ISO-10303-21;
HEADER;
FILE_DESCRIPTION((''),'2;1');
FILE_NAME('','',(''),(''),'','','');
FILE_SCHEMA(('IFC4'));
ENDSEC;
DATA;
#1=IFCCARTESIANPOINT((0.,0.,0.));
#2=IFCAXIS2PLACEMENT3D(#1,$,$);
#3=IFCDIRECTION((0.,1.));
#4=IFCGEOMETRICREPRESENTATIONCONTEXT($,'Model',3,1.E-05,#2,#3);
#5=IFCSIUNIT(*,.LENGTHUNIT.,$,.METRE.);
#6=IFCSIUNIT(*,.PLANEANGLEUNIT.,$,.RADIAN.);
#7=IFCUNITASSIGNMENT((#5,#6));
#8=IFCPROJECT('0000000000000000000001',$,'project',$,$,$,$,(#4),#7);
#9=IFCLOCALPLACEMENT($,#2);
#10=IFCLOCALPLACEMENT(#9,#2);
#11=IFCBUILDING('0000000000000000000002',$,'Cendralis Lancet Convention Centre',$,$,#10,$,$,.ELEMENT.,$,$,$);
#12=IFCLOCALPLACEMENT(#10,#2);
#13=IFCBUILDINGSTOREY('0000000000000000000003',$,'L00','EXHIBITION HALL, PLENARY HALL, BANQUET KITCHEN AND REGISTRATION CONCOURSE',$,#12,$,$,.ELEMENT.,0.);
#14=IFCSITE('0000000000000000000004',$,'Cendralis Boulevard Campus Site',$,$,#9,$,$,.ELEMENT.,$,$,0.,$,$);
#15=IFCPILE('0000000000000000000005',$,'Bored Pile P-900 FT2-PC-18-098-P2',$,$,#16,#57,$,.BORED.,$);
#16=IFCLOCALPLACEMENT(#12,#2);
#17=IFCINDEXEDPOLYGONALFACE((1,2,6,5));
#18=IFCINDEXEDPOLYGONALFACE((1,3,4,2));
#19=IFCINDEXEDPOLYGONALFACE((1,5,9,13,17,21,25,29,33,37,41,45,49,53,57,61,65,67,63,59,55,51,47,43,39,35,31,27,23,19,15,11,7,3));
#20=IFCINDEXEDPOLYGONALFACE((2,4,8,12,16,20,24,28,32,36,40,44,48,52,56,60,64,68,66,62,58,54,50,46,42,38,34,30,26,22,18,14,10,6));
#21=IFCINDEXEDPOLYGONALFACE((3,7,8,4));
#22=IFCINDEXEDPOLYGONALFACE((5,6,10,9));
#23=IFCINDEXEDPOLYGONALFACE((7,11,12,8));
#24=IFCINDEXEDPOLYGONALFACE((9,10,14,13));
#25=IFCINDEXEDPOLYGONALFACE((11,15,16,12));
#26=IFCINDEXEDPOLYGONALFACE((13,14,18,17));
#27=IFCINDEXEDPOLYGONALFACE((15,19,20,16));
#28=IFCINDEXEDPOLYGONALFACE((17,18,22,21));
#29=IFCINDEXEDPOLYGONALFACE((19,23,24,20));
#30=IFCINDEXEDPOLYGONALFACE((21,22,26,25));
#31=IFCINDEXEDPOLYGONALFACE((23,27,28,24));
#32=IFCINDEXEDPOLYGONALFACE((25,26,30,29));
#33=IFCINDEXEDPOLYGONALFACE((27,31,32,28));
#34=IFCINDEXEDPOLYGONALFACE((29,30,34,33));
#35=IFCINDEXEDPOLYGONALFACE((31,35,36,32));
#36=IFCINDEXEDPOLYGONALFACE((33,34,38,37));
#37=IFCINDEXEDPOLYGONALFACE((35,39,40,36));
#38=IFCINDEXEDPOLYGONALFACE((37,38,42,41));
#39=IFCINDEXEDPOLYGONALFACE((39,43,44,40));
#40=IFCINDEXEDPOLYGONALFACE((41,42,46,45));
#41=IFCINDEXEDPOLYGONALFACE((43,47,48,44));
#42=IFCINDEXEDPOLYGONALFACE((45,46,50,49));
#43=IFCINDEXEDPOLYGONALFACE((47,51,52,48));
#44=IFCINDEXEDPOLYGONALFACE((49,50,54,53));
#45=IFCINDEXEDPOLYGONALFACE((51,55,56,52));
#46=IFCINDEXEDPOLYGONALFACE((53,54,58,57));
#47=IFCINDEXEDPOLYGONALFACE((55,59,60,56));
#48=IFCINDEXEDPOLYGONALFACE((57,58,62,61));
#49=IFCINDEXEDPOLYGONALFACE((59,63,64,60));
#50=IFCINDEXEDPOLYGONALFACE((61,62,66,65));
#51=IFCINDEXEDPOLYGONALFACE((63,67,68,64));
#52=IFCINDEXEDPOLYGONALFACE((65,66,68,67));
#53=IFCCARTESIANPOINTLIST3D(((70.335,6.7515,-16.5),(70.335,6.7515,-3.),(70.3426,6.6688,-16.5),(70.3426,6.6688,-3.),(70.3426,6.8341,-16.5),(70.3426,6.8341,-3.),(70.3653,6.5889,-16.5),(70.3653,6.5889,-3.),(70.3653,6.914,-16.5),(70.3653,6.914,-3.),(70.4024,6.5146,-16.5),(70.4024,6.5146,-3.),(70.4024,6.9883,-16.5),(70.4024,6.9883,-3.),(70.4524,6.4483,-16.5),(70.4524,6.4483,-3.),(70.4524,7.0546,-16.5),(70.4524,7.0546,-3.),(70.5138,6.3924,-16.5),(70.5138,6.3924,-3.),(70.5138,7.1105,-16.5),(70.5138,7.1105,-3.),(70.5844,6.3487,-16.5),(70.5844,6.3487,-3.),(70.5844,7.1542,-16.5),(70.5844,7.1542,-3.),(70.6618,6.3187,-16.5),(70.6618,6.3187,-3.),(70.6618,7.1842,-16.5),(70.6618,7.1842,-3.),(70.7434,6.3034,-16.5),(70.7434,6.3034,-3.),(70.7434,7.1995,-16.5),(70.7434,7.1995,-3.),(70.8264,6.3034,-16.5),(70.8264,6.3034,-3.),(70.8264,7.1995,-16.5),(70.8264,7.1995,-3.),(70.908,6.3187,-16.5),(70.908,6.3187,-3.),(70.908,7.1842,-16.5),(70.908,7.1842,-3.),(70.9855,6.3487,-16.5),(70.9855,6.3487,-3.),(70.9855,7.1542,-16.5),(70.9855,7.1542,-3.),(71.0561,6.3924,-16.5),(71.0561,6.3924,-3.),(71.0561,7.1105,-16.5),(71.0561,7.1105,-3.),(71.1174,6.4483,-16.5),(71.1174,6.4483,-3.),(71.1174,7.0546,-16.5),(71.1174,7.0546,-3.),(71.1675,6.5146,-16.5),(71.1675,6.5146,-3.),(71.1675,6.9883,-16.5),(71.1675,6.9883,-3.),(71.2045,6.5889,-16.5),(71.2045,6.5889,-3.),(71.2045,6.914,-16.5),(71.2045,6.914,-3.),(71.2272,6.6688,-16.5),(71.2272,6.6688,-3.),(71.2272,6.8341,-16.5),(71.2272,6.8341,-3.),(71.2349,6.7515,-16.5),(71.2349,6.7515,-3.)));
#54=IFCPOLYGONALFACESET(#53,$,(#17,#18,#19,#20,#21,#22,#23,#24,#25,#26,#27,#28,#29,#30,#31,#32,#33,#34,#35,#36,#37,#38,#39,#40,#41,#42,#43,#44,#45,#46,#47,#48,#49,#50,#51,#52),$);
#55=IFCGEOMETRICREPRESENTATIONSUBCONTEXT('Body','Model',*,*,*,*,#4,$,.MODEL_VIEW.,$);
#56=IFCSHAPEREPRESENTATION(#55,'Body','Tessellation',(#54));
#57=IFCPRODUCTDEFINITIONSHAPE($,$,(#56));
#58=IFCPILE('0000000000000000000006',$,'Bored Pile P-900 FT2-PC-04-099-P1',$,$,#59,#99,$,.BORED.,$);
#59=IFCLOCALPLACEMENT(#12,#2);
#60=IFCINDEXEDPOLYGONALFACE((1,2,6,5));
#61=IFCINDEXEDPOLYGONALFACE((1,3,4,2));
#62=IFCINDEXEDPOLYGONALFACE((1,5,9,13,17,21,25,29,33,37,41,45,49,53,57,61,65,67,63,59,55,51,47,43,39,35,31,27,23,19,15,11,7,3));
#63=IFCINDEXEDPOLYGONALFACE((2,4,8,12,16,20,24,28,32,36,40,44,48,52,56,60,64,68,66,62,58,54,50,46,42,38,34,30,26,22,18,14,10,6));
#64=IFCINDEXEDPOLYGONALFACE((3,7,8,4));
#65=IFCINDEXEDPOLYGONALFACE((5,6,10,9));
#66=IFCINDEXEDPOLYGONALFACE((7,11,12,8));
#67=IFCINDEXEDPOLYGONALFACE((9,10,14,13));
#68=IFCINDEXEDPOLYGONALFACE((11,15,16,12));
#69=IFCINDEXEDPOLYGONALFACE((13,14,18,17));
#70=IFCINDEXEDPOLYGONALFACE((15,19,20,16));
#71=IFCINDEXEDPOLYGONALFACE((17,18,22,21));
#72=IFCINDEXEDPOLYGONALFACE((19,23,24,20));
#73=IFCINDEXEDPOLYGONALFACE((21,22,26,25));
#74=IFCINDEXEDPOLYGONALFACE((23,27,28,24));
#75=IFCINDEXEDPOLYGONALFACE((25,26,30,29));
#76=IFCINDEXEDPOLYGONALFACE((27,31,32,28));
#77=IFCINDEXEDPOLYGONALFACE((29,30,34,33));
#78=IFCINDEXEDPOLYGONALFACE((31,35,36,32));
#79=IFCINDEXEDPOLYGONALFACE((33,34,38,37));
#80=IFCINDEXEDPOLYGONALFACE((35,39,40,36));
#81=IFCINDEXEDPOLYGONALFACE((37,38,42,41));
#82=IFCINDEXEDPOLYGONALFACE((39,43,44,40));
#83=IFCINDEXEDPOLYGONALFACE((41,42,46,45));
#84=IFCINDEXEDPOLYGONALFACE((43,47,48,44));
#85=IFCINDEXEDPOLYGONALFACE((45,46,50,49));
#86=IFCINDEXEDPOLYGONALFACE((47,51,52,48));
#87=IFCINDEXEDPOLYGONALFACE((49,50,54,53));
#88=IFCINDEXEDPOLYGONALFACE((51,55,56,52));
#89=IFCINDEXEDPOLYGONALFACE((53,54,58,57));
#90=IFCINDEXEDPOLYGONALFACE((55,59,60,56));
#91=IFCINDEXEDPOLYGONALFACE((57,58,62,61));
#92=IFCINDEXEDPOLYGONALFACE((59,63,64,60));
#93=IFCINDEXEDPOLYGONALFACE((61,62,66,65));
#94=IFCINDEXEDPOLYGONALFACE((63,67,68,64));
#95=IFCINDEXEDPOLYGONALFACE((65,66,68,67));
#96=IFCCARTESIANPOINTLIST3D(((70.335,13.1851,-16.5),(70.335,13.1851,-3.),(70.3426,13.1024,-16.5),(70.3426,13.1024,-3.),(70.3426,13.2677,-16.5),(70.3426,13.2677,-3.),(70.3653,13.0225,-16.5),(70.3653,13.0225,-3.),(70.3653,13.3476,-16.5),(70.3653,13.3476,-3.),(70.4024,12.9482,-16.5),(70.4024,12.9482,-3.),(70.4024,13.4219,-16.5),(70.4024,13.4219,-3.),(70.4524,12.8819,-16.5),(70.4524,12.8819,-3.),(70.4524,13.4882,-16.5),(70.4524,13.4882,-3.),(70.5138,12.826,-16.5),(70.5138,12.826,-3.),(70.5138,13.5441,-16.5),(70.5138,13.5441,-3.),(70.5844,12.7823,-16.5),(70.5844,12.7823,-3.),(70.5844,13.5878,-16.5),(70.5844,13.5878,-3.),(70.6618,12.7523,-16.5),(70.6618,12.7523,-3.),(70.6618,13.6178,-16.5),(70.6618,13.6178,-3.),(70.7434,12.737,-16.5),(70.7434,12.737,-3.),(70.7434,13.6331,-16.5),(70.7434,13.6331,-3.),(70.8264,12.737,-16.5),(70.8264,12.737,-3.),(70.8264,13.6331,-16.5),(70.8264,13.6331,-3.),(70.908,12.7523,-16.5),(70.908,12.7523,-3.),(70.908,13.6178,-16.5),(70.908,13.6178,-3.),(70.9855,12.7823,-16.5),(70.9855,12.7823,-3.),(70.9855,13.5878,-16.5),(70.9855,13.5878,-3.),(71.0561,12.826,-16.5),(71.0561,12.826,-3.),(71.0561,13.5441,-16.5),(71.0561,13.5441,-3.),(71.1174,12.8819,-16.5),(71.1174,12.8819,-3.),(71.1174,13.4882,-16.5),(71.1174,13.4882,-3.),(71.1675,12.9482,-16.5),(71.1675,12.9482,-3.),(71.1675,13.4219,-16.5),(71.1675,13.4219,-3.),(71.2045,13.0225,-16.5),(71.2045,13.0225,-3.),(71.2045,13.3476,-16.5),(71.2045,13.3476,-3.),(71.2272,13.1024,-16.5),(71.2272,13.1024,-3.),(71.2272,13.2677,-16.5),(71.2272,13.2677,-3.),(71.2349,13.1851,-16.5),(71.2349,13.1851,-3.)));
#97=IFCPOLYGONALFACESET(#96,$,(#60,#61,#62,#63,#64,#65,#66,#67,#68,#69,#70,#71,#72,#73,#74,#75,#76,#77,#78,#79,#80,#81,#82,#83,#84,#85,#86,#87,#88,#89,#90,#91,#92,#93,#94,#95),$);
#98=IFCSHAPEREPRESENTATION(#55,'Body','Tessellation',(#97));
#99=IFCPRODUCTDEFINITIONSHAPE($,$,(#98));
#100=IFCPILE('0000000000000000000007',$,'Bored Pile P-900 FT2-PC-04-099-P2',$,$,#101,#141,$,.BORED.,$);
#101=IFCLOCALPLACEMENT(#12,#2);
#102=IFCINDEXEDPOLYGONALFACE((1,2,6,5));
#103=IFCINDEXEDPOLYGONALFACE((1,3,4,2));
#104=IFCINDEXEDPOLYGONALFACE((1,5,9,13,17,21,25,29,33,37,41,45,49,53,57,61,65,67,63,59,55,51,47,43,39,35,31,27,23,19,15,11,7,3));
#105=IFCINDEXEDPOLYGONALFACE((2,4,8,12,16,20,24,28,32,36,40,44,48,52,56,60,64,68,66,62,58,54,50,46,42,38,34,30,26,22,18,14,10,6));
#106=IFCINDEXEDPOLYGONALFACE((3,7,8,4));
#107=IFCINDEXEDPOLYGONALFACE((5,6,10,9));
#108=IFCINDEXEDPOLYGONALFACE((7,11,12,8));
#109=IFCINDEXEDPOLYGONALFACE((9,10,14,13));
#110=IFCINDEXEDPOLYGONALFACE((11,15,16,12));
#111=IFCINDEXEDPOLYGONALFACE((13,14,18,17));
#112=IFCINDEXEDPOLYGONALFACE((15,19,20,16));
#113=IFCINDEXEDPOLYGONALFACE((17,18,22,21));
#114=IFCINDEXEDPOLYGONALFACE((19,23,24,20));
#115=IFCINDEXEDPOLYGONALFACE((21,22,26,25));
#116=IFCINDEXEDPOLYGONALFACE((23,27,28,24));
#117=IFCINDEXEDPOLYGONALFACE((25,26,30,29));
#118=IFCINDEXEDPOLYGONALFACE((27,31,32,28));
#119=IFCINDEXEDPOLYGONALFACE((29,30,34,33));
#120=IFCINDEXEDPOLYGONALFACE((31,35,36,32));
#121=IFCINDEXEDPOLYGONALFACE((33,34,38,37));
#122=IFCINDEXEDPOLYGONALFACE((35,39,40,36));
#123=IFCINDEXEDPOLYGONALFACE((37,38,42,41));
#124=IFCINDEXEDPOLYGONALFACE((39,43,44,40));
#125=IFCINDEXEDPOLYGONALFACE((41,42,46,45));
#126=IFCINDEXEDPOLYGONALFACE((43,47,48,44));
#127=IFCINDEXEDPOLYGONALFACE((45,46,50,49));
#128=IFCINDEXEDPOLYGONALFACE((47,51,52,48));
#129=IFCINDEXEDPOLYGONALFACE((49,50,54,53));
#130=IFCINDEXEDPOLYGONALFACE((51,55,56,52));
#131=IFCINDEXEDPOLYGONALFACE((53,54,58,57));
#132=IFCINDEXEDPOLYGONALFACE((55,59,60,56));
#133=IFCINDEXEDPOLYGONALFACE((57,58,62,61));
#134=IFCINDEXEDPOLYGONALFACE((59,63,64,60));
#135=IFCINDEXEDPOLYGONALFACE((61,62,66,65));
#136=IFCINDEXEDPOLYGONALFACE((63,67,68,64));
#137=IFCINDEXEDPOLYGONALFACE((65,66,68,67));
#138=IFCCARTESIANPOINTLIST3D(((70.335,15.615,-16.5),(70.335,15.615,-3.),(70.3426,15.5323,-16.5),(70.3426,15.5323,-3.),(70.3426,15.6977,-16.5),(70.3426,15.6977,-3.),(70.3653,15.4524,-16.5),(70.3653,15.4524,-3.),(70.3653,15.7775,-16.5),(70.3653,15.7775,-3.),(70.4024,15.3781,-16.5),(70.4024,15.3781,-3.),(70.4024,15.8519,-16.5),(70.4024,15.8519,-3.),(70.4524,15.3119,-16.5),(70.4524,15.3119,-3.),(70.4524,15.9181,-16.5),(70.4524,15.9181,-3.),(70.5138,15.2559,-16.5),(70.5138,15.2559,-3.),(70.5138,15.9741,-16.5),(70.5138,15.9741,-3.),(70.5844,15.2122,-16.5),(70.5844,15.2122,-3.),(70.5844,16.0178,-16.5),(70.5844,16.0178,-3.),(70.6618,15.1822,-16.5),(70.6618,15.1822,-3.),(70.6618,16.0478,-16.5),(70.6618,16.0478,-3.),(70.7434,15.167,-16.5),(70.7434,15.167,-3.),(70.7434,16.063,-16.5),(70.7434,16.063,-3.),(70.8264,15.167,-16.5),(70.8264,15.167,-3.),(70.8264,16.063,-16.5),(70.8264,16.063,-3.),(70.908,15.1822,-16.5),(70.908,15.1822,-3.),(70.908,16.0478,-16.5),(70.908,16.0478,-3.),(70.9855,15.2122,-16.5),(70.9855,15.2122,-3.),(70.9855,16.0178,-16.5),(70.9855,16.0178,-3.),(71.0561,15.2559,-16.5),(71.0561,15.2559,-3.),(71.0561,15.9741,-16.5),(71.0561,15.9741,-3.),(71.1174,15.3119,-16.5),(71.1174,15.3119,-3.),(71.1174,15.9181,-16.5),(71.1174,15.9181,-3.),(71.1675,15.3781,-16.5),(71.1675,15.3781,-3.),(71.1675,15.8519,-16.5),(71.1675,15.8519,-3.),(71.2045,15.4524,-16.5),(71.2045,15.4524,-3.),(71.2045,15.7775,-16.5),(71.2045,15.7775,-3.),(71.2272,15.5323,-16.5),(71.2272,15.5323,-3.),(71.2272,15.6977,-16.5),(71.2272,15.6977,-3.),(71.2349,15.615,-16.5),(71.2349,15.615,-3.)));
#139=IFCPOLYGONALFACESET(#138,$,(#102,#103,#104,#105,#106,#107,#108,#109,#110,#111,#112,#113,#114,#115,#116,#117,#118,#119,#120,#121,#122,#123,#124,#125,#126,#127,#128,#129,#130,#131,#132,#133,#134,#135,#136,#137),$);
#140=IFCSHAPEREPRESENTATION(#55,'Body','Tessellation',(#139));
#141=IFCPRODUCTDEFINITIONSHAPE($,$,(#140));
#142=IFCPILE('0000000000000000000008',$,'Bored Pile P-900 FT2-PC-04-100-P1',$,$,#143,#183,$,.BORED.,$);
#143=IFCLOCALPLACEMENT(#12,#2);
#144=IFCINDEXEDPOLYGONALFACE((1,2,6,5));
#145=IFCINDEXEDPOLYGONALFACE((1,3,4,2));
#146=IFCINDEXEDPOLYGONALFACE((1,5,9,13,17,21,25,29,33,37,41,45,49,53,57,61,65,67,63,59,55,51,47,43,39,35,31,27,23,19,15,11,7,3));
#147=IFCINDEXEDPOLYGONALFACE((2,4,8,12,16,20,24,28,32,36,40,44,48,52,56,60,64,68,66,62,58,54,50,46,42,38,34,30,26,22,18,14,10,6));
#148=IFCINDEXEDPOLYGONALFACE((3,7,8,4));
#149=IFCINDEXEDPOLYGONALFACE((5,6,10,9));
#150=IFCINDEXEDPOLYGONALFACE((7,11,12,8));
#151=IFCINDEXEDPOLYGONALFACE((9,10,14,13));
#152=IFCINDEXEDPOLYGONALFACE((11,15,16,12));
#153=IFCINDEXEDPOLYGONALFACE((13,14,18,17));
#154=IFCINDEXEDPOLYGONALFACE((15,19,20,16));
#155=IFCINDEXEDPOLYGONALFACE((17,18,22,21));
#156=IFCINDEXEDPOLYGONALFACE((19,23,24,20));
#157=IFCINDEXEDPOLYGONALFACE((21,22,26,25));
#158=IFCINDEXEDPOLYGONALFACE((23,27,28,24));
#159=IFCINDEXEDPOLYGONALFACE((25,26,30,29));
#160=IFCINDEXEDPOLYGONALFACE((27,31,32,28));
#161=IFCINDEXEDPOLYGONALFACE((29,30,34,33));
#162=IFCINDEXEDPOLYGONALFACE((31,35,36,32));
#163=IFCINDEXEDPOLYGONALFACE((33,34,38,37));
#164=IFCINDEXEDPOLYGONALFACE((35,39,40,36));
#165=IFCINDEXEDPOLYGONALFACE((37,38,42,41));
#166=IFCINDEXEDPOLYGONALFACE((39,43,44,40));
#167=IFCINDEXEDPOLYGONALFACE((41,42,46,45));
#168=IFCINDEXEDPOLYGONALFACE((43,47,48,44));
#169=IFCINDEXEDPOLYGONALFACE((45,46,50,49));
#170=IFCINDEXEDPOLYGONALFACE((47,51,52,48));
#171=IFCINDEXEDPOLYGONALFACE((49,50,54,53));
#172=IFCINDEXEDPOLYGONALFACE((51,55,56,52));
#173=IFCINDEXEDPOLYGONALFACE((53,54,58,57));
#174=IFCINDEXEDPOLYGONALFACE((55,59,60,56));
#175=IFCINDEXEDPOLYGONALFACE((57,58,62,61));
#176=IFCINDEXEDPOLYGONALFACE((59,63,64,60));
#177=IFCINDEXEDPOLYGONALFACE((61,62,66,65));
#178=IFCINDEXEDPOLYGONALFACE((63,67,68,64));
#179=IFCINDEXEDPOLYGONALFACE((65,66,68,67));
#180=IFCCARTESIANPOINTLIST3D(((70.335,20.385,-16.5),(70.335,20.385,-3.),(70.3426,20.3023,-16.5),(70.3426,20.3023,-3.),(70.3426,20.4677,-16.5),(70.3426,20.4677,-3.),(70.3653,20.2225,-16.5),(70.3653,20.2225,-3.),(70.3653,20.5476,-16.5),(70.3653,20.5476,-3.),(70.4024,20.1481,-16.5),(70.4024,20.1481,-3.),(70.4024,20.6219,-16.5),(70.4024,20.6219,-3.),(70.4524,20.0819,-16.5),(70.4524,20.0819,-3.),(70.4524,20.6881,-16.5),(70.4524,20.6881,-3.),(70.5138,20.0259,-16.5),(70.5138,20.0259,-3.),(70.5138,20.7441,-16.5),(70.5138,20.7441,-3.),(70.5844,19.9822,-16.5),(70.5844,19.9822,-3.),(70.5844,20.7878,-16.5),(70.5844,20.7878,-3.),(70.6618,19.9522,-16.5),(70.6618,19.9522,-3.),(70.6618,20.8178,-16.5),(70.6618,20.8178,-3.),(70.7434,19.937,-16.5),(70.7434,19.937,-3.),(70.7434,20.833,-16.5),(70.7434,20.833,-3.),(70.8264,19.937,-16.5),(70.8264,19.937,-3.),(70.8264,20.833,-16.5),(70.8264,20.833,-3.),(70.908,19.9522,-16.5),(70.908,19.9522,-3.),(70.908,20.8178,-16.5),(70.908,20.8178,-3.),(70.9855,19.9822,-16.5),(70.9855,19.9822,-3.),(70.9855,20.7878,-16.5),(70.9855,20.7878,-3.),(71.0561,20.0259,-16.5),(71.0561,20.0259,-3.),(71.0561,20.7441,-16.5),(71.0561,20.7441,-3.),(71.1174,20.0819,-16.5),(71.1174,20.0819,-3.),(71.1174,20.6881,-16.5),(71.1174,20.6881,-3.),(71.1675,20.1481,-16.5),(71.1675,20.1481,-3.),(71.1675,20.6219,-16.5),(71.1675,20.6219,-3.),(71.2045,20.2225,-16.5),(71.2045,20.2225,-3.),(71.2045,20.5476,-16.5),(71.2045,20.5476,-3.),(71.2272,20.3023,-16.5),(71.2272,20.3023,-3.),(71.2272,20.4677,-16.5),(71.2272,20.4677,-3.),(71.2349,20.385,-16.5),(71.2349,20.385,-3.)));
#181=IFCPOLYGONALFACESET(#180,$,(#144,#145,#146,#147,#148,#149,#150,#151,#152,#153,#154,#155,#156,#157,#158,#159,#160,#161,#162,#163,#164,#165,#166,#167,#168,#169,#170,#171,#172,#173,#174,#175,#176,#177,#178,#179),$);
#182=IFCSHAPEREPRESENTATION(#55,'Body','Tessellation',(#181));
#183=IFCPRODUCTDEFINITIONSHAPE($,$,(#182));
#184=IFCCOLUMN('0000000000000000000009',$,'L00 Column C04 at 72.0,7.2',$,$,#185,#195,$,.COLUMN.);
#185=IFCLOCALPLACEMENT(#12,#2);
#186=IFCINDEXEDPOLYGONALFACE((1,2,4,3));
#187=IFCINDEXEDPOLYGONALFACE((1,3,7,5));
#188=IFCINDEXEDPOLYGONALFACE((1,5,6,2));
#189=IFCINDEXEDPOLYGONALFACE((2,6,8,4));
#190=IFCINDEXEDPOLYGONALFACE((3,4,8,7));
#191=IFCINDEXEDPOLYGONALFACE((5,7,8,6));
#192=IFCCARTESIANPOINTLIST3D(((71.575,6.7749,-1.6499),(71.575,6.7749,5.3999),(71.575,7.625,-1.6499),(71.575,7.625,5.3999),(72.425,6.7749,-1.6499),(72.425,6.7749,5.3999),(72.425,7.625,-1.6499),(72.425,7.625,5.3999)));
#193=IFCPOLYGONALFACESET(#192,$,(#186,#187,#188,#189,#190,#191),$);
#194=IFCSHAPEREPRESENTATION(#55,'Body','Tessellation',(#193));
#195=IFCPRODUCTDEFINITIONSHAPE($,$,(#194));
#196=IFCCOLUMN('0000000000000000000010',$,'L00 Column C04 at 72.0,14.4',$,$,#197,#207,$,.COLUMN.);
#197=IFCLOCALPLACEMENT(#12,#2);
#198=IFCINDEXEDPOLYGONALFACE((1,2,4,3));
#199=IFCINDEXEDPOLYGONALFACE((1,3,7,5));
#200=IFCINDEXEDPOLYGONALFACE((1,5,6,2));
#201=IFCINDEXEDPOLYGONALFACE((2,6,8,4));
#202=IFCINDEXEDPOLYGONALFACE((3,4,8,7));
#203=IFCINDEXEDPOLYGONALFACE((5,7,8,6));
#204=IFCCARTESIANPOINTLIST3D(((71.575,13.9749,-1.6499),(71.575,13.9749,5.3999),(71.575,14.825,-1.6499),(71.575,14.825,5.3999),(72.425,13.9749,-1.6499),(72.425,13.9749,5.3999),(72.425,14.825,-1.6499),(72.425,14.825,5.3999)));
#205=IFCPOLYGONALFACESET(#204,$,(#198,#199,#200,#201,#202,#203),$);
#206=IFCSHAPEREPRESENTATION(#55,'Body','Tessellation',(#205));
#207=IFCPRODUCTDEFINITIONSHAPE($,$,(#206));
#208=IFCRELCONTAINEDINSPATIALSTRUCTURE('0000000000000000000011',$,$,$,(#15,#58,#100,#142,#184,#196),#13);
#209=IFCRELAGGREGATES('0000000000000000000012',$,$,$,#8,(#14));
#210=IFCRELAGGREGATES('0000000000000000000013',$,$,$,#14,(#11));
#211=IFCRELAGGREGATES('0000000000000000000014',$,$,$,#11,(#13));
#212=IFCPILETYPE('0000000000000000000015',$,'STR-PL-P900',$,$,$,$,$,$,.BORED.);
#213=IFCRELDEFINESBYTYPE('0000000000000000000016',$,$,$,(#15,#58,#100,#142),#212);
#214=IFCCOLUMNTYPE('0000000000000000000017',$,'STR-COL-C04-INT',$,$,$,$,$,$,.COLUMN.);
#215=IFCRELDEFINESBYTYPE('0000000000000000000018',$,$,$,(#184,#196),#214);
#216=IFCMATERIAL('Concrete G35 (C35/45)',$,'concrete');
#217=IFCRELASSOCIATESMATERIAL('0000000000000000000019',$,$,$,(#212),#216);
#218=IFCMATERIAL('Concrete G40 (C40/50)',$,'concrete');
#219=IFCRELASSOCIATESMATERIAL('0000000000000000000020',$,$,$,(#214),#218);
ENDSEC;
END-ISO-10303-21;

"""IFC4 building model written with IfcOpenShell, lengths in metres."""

from ifc_helpers import new_model, si_unit, direction, frame, origin, origin_2d, place, context, subcontext, project, spatial, rectangle, circle, extrude, material, material_profile, profile_set, type_object, element, save


model = new_model("IFC4")

# Units and contexts
model_context = context("Model", 3, precision=1e-05, world=origin(), true_north=direction((0.0, 1.0)))
body_context = subcontext(model_context, "Body", "Model", "MODEL_VIEW")
ifc_project = project(units=[si_unit("LENGTHUNIT", "METRE"), si_unit("PLANEANGLEUNIT", "RADIAN")], contexts=[model_context])

# Site, building, storey
site_placement = place(None, origin())
site = spatial("IfcSite", under=ifc_project, at=site_placement, Name="Cendralis Boulevard Campus Site", CompositionType="ELEMENT", RefElevation=0.0)
building_placement = place(site_placement, origin())
building = spatial("IfcBuilding", under=site, at=building_placement, Name="Cendralis Lancet Convention Centre", CompositionType="ELEMENT")
storey_placement = place(building_placement, origin())
storey = spatial("IfcBuildingStorey", under=building, at=storey_placement, Name="L00", Description="EXHIBITION HALL, PLENARY HALL, BANQUET KITCHEN AND REGISTRATION CONCOURSE", CompositionType="ELEMENT", Elevation=0.0)

# Shared definitions
ifc_material_1 = material(Name="Concrete G35 (C35/45)", Category="concrete")

# Piles
ifc_material_profile_1 = material_profile(ifc_material_1, circle(Radius=0.45, at=origin_2d()), Name="BORED PILE D900")
ifc_profile_set_1 = profile_set([ifc_material_profile_1], Name="Concrete G35 (C35/45)")
pile_type = type_object("IfcPileType", Name="STR-PL-P900", PredefinedType="BORED", material=ifc_profile_set_1)
for number, where, z_axis, x_axis, name in (
    (1, (70.7849, 6.7515, -3.0), (0.0, 0.0, -1.0), (1.0, 0.0, 0.0), "Bored Pile P-900 FT2-PC-18-098-P2"),
    (2, (70.7849, 13.1851, -3.0), (0.0, 0.0, -1.0), (1.0, 0.0, 0.0), "Bored Pile P-900 FT2-PC-04-099-P1"),
    (3, (70.7849, 15.615, -3.0), (0.0, 0.0, -1.0), (1.0, 0.0, 0.0), "Bored Pile P-900 FT2-PC-04-099-P2"),
    (4, (70.7849, 20.385, -3.0), (0.0, 0.0, -1.0), (1.0, 0.0, 0.0), "Bored Pile P-900 FT2-PC-04-100-P1"),
):
    element("IfcPile", number, at=place(storey_placement, frame(where, z_axis=z_axis, x_axis=x_axis)), inside=storey, type_object=pile_type, Name=name, PredefinedType="BORED", context=body_context, shape_type="SweptSolid", body=[
        extrude(circle(Radius=0.45, at=origin_2d()), origin(), (0.0, 0.0, 1.0), 13.5),
    ])

# Columns
ifc_material_2 = material(Name="Concrete G40 (C40/50)", Category="concrete")
ifc_material_profile_2 = material_profile(ifc_material_2, rectangle(XDim=0.8501, YDim=0.8501, at=origin_2d()), Name="RC 850x850")
ifc_profile_set_2 = profile_set([ifc_material_profile_2], Name="Concrete G40 (C40/50)")
column_type = type_object("IfcColumnType", Name="STR-COL-C04-INT", PredefinedType="COLUMN", material=ifc_profile_set_2)
for number, where, z_axis, x_axis, name in (
    (5, (72.0, 7.2, -1.6499), (0.0, 0.0, 1.0), (1.0, 0.0, 0.0), "L00 Column C04 at 72.0,7.2"),
    (6, (72.0, 14.3999, -1.6499), (0.0, 0.0, 1.0), (1.0, 0.0, 0.0), "L00 Column C04 at 72.0,14.4"),
):
    element("IfcColumn", number, at=place(storey_placement, frame(where, z_axis=z_axis, x_axis=x_axis)), inside=storey, type_object=column_type, Name=name, PredefinedType="COLUMN", context=body_context, shape_type="SweptSolid", body=[
        extrude(rectangle(XDim=0.8501, YDim=0.8501, at=origin_2d()), origin(), (0.0, 0.0, 1.0), 7.0498),
    ])

save(model, "model.ifc")
